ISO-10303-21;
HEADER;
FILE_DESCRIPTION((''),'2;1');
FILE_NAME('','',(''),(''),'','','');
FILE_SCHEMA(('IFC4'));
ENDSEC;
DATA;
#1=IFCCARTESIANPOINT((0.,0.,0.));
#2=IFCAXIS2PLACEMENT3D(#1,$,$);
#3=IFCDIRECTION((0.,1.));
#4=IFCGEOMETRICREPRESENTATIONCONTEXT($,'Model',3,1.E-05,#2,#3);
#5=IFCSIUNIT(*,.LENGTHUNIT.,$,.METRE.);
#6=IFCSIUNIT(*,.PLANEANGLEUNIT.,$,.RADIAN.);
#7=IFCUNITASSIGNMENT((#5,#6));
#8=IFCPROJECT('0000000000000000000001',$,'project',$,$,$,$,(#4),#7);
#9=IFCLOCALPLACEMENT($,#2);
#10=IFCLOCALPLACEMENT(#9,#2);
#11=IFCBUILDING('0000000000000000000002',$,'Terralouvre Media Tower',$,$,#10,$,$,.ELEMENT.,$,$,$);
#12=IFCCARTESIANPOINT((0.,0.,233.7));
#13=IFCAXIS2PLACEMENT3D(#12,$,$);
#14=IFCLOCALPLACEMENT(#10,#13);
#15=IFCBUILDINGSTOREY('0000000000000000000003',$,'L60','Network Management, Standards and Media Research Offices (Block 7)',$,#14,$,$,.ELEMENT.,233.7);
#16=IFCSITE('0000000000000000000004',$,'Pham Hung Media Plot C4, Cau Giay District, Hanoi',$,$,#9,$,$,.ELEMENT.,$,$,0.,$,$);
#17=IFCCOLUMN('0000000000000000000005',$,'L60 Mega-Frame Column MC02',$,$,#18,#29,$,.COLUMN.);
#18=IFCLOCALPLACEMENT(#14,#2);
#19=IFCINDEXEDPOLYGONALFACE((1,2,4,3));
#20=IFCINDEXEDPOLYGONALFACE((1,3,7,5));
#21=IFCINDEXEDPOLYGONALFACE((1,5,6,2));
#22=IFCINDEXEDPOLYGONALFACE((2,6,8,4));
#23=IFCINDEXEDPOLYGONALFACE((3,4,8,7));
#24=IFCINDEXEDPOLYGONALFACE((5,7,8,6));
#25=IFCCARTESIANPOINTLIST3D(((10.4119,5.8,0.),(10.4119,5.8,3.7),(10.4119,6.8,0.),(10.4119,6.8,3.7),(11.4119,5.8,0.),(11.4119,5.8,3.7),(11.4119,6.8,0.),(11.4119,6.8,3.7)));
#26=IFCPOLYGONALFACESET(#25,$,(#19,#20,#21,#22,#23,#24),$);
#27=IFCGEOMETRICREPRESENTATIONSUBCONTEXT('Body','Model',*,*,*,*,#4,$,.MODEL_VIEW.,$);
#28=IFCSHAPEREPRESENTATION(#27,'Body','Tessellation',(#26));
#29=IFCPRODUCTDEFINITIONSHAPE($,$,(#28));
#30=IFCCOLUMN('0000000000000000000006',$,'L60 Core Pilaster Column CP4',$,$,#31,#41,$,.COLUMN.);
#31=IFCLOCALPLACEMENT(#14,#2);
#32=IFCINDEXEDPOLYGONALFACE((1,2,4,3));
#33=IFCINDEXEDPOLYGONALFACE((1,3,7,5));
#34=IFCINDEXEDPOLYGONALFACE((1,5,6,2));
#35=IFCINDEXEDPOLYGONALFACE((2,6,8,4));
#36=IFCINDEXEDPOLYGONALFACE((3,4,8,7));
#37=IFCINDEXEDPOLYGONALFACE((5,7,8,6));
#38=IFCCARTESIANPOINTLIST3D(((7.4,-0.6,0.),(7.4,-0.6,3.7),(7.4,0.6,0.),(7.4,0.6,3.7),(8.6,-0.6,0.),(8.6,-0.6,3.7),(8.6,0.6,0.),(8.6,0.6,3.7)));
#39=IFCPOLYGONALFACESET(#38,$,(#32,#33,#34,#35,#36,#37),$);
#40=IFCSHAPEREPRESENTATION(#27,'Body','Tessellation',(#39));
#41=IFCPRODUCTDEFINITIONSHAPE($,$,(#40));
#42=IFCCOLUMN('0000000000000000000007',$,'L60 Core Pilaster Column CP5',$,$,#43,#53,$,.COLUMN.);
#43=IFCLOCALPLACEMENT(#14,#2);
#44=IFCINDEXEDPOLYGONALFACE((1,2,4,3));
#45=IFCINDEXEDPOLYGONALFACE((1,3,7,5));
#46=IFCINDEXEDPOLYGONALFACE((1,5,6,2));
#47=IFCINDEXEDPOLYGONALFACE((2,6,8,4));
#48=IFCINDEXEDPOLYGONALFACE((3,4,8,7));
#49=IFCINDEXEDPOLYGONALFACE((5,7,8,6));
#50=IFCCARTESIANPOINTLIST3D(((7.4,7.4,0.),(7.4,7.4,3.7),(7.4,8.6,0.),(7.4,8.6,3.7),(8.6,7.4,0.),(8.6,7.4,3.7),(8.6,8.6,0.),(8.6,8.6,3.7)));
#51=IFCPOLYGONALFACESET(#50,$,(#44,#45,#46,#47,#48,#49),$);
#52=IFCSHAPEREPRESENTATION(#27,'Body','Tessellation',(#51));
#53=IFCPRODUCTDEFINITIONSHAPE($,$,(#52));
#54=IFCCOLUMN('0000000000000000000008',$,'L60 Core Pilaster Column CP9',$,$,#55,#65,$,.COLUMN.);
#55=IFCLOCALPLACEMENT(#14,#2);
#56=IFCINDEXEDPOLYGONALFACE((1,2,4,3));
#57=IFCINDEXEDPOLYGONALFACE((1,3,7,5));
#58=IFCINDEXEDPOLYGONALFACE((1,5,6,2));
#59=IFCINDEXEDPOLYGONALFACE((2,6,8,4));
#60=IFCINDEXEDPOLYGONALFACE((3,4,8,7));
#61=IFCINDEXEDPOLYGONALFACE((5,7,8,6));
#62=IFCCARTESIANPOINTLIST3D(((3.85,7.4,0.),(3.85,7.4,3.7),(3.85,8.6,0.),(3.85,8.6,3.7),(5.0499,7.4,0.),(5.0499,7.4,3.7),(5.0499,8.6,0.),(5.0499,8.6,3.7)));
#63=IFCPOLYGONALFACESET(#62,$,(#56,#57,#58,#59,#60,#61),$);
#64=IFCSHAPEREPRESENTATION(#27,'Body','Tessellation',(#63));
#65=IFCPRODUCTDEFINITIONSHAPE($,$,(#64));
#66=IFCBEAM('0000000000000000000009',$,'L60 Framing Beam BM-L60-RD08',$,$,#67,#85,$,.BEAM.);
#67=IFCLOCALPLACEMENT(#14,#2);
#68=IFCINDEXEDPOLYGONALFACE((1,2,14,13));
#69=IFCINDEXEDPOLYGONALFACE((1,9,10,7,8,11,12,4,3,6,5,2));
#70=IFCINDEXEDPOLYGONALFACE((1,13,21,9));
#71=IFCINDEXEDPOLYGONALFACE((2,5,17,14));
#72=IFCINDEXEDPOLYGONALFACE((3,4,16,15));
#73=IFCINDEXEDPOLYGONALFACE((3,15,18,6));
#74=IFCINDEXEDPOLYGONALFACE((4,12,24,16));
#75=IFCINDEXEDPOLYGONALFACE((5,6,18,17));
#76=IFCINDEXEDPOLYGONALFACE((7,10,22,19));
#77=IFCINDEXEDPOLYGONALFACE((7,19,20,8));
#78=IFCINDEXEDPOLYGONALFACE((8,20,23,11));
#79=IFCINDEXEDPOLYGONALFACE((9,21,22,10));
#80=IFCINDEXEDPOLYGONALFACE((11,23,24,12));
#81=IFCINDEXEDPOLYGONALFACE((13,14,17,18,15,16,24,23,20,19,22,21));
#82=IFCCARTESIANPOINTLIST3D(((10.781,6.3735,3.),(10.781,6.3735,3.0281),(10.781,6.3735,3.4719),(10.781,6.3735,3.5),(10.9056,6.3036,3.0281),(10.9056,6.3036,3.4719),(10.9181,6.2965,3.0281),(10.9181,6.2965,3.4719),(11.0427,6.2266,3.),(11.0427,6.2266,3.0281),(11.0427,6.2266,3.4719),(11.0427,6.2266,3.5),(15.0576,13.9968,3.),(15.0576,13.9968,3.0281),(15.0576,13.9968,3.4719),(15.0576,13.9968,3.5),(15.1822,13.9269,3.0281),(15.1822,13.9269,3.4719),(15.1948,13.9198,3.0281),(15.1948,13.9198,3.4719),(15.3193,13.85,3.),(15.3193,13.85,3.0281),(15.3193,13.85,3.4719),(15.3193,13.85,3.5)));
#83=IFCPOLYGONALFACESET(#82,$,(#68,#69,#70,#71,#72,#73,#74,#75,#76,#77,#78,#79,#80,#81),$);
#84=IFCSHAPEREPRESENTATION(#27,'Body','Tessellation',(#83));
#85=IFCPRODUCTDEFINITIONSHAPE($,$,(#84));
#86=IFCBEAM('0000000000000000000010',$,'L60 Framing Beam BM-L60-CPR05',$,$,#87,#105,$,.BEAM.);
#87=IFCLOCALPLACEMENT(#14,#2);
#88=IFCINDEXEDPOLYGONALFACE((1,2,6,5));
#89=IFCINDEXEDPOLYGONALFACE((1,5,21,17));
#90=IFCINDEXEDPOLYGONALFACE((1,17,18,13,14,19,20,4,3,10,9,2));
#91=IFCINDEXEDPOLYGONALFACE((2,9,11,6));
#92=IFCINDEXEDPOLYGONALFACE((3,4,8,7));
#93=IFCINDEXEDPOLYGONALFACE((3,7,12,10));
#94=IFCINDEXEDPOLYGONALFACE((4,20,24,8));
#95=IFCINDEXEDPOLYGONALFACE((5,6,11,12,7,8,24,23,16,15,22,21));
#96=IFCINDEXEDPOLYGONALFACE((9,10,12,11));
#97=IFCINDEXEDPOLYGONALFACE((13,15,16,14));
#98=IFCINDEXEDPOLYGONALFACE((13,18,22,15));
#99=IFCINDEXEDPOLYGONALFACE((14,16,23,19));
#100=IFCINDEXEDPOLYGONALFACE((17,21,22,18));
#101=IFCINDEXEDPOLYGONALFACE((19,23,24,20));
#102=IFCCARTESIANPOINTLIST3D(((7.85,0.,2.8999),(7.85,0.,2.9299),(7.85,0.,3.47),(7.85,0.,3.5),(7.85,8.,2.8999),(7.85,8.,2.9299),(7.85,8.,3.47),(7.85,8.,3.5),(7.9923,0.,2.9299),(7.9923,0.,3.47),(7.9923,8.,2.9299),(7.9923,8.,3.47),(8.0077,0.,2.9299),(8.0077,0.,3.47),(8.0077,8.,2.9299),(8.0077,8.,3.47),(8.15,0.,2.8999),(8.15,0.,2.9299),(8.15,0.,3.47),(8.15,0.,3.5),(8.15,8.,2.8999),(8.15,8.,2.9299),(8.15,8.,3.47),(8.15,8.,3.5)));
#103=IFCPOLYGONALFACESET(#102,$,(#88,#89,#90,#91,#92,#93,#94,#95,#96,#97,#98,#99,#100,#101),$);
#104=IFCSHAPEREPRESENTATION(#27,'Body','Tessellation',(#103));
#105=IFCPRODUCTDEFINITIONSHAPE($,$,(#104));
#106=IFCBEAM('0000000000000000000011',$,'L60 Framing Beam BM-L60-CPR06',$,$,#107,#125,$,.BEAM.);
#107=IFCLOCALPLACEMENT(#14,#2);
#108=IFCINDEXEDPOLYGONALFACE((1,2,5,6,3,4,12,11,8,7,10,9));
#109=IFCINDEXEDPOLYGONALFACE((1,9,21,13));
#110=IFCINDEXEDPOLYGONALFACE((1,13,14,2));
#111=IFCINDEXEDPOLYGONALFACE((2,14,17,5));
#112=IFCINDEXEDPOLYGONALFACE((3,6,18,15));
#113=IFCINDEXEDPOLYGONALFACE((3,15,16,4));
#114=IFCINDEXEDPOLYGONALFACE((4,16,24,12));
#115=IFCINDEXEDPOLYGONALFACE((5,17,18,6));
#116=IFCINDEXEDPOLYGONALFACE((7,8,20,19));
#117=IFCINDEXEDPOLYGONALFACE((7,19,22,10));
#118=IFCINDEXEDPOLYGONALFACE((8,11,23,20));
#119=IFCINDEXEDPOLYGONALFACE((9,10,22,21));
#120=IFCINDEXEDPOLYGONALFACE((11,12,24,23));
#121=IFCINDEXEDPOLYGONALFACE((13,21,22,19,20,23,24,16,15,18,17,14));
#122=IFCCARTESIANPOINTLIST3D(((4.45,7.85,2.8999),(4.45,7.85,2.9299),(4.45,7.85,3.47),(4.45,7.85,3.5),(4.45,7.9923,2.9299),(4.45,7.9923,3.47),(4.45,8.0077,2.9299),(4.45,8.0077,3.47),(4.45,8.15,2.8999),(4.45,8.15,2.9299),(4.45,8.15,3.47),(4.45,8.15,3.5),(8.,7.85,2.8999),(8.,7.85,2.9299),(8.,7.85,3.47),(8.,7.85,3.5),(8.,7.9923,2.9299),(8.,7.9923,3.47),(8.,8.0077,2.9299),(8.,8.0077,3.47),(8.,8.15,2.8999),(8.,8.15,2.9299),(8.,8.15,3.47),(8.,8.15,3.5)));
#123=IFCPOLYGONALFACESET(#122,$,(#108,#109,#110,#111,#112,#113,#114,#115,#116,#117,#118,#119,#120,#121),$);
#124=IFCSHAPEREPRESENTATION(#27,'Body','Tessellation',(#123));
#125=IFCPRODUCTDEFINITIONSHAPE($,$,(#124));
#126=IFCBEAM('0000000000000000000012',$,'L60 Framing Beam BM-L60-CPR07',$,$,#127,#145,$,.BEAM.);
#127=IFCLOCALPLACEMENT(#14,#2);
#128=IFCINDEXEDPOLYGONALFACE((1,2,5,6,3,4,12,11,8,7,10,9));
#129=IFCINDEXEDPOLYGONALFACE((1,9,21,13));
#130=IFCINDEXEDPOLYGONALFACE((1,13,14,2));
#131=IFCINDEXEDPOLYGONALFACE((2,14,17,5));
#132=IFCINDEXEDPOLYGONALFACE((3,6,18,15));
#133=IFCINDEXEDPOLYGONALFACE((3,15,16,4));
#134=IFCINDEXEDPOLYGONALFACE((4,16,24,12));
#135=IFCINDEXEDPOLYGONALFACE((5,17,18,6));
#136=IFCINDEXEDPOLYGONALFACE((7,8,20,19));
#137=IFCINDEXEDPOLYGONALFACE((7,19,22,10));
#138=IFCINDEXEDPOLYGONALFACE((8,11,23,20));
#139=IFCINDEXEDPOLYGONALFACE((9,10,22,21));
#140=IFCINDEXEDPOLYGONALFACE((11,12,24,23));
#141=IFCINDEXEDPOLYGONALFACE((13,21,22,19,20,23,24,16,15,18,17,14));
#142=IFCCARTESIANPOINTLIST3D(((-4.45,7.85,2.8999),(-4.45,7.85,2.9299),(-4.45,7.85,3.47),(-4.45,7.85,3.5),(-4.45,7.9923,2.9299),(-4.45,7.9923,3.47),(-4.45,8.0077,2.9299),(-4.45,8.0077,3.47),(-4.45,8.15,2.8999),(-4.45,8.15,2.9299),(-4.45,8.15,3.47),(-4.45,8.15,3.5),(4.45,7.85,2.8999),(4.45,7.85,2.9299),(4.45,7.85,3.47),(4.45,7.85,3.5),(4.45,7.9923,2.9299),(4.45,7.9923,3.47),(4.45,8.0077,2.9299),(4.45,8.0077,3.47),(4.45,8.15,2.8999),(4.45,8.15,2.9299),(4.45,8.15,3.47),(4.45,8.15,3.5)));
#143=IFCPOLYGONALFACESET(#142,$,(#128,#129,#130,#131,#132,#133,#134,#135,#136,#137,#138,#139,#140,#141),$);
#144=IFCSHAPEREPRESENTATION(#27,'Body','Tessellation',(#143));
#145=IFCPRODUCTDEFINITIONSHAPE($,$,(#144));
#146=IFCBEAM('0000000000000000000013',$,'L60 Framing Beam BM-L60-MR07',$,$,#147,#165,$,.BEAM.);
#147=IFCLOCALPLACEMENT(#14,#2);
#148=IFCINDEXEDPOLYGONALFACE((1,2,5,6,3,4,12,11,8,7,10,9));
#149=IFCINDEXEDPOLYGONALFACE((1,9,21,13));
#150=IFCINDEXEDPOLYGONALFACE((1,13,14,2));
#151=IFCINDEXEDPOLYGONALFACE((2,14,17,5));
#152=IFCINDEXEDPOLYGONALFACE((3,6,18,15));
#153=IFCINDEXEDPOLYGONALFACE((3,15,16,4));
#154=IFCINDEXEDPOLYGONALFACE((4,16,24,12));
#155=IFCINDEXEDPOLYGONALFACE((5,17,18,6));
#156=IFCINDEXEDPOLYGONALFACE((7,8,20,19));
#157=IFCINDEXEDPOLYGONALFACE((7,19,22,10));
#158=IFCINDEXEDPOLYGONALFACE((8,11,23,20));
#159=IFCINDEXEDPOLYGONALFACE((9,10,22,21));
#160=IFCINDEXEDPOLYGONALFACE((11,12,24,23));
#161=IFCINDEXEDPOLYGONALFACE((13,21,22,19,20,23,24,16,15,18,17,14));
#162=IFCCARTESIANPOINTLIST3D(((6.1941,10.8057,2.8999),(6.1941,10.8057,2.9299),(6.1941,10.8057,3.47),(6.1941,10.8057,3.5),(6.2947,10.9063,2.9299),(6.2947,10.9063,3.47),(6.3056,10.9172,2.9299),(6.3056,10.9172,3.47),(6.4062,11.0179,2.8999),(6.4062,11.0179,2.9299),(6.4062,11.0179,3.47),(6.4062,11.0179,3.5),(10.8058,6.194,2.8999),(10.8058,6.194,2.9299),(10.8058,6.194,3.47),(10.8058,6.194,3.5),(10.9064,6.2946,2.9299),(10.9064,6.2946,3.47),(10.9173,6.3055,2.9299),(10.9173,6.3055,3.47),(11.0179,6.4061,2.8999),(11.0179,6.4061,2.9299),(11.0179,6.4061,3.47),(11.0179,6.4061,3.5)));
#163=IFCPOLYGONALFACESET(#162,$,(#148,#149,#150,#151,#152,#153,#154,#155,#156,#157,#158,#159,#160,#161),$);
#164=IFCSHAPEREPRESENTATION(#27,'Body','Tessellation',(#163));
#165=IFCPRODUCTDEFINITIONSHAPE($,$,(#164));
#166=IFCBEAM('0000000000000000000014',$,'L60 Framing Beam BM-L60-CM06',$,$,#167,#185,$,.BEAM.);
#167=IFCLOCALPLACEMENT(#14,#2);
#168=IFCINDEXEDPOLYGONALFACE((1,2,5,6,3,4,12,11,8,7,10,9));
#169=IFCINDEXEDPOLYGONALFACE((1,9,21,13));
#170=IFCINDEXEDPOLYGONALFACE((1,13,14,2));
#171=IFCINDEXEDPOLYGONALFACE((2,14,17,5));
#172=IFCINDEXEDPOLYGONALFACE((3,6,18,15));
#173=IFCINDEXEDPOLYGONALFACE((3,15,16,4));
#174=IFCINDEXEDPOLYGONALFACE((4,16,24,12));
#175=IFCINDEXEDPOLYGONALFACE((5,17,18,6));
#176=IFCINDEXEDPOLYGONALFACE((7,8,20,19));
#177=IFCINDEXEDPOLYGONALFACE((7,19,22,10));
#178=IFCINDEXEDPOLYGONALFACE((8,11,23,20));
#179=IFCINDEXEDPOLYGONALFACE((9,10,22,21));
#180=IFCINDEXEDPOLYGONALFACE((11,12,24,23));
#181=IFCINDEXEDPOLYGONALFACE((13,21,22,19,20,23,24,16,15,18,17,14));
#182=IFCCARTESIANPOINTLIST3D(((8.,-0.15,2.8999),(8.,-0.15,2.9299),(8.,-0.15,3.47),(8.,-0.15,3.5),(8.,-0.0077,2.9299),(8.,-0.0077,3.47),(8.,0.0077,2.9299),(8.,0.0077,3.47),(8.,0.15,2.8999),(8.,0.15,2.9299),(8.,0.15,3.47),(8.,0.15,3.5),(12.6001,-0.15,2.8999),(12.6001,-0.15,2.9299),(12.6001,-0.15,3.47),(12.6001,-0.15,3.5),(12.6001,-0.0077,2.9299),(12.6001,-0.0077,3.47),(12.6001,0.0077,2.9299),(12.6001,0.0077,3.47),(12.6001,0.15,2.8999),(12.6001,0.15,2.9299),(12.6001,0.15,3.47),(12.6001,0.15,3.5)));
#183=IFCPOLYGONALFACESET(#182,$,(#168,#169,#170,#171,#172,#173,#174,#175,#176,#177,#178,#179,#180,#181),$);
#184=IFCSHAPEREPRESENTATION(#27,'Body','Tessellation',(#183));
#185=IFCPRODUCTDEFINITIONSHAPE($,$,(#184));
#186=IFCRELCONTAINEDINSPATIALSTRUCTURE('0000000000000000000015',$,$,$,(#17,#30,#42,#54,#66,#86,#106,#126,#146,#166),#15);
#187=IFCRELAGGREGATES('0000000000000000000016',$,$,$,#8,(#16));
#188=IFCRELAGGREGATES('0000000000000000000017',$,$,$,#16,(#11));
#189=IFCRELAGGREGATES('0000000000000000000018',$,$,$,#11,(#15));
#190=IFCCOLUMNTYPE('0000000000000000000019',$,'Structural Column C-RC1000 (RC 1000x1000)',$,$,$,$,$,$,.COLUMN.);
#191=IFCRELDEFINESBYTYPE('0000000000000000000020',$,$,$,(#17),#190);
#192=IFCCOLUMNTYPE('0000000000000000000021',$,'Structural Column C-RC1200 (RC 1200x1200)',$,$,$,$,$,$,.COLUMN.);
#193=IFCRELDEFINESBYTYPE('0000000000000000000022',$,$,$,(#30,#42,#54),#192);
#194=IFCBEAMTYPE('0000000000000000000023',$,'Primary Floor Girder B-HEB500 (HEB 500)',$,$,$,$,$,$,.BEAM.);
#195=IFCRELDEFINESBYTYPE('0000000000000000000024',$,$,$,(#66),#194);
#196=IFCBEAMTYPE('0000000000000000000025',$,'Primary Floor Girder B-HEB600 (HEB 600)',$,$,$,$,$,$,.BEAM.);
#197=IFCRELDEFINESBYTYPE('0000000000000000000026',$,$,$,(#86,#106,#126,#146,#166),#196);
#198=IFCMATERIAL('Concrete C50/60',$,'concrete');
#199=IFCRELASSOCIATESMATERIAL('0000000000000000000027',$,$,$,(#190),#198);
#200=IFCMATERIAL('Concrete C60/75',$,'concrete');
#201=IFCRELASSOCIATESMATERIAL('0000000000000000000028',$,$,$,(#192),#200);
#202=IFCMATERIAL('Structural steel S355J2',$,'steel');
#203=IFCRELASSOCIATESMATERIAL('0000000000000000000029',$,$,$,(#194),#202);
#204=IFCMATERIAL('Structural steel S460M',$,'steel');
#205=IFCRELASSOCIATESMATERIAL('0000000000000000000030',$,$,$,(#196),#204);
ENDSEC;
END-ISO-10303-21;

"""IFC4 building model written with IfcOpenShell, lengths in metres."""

from ifc_helpers import new_model, si_unit, direction, frame, origin, origin_2d, place, context, subcontext, project, spatial, rectangle, i_section, extrude, material, material_profile, profile_set, type_object, element, save


model = new_model("IFC4")

# Units and contexts
model_context = context("Model", 3, precision=1e-05, world=origin(), true_north=direction((0.0, 1.0)))
body_context = subcontext(model_context, "Body", "Model", "MODEL_VIEW")
ifc_project = project(units=[si_unit("LENGTHUNIT", "METRE"), si_unit("PLANEANGLEUNIT", "RADIAN")], contexts=[model_context])

# Site, building, storey
site_placement = place(None, origin())
site = spatial("IfcSite", under=ifc_project, at=site_placement, Name="Pham Hung Media Plot C4, Cau Giay District, Hanoi", CompositionType="ELEMENT", RefElevation=0.0)
building_placement = place(site_placement, origin())
building = spatial("IfcBuilding", under=site, at=building_placement, Name="Terralouvre Media Tower", CompositionType="ELEMENT")
storey_placement = place(building_placement, frame((0.0, 0.0, 233.7)))
storey = spatial("IfcBuildingStorey", under=building, at=storey_placement, Name="L60", Description="Network Management, Standards and Media Research Offices (Block 7)", CompositionType="ELEMENT", Elevation=233.7)

# Columns
ifc_material_1 = material(Name="Concrete C50/60", Category="concrete")
ifc_material_profile_1 = material_profile(ifc_material_1, rectangle(XDim=1.0, YDim=1.0, at=origin_2d()), Name="RC 1000x1000")
ifc_profile_set_1 = profile_set([ifc_material_profile_1], Name="Concrete C50/60")
column_type_1 = type_object("IfcColumnType", Name="Structural Column C-RC1000 (RC 1000x1000)", PredefinedType="COLUMN", material=ifc_profile_set_1)
column_placement = place(storey_placement, frame((10.9119, 6.3, 0.0), z_axis=(0.0, 0.0, 1.0), x_axis=(1.0, 0.0, 0.0)))
element("IfcColumn", 1, at=column_placement, inside=storey, type_object=column_type_1, Name="L60 Mega-Frame Column MC02", PredefinedType="COLUMN", context=body_context, shape_type="SweptSolid", body=[
    extrude(rectangle(XDim=1.0, YDim=1.0, at=origin_2d()), origin(), (0.0, 0.0, 1.0), 3.7),
])
ifc_material_2 = material(Name="Concrete C60/75", Category="concrete")
ifc_material_profile_2 = material_profile(ifc_material_2, rectangle(XDim=1.2, YDim=1.2, at=origin_2d()), Name="RC 1200x1200")
ifc_profile_set_2 = profile_set([ifc_material_profile_2], Name="Concrete C60/75")
column_type_2 = type_object("IfcColumnType", Name="Structural Column C-RC1200 (RC 1200x1200)", PredefinedType="COLUMN", material=ifc_profile_set_2)
for number, where, z_axis, x_axis, name in (
    (2, (8.0, 0.0, 0.0), (0.0, 0.0, 1.0), (1.0, 0.0, 0.0), "L60 Core Pilaster Column CP4"),
    (3, (8.0, 8.0, 0.0), (0.0, 0.0, 1.0), (1.0, 0.0, 0.0), "L60 Core Pilaster Column CP5"),
    (4, (4.45, 8.0, 0.0), (0.0, 0.0, 1.0), (1.0, 0.0, 0.0), "L60 Core Pilaster Column CP9"),
):
    element("IfcColumn", number, at=place(storey_placement, frame(where, z_axis=z_axis, x_axis=x_axis)), inside=storey, type_object=column_type_2, Name=name, PredefinedType="COLUMN", context=body_context, shape_type="SweptSolid", body=[
        extrude(rectangle(XDim=1.2, YDim=1.2, at=origin_2d()), origin(), (0.0, 0.0, 1.0), 3.7),
    ])

# Beams
ifc_material_3 = material(Name="Structural steel S355J2", Category="steel")
ifc_material_profile_3 = material_profile(ifc_material_3, i_section(OverallWidth=0.3, OverallDepth=0.5, WebThickness=0.0144, FlangeThickness=0.0281, at=origin_2d()), Name="HEB 500")
ifc_profile_set_3 = profile_set([ifc_material_profile_3], Name="Structural steel S355J2")
beam_type_1 = type_object("IfcBeamType", Name="Primary Floor Girder B-HEB500 (HEB 500)", PredefinedType="BEAM", material=ifc_profile_set_3)
beam_1_placement = place(storey_placement, frame((10.9119, 6.3, 3.25), z_axis=(0.489262, 0.872137, 0.0), x_axis=(-0.872137, 0.489262, 0.0)))
element("IfcBeam", 5, at=beam_1_placement, inside=storey, type_object=beam_type_1, Name="L60 Framing Beam BM-L60-RD08", PredefinedType="BEAM", context=body_context, shape_type="SweptSolid", body=[
    extrude(i_section(OverallWidth=0.3, OverallDepth=0.5, WebThickness=0.0144, FlangeThickness=0.0281, at=origin_2d()), origin(), (0.0, 0.0, 1.0), 8.741),
])
ifc_material_4 = material(Name="Structural steel S460M", Category="steel")
ifc_material_profile_4 = material_profile(ifc_material_4, i_section(OverallWidth=0.3, OverallDepth=0.6001, WebThickness=0.0154, FlangeThickness=0.03, at=origin_2d()), Name="HEB 600")
ifc_profile_set_4 = profile_set([ifc_material_profile_4], Name="Structural steel S460M")
beam_type_2 = type_object("IfcBeamType", Name="Primary Floor Girder B-HEB600 (HEB 600)", PredefinedType="BEAM", material=ifc_profile_set_4)
beam_2_placement = place(storey_placement, frame((8.0, 0.0, 3.2), z_axis=(0.0, 1.0, 0.0), x_axis=(-1.0, 0.0, 0.0)))
element("IfcBeam", 6, at=beam_2_placement, inside=storey, type_object=beam_type_2, Name="L60 Framing Beam BM-L60-CPR05", PredefinedType="BEAM", context=body_context, shape_type="SweptSolid", body=[
    extrude(i_section(OverallWidth=0.3, OverallDepth=0.6001, WebThickness=0.0154, FlangeThickness=0.03, at=origin_2d()), origin(), (0.0, 0.0, 1.0), 8.0),
])
beam_3_placement = place(storey_placement, frame((8.0, 8.0, 3.2), z_axis=(-1.0, 0.0, 0.0), x_axis=(0.0, -1.0, 0.0)))
element("IfcBeam", 7, at=beam_3_placement, inside=storey, type_object=beam_type_2, Name="L60 Framing Beam BM-L60-CPR06", PredefinedType="BEAM", context=body_context, shape_type="SweptSolid", body=[
    extrude(i_section(OverallWidth=0.3, OverallDepth=0.6001, WebThickness=0.0154, FlangeThickness=0.03, at=origin_2d()), origin(), (0.0, 0.0, 1.0), 3.55),
])
beam_4_placement = place(storey_placement, frame((4.45, 8.0, 3.2), z_axis=(-1.0, 0.0, 0.0), x_axis=(0.0, -1.0, 0.0)))
element("IfcBeam", 8, at=beam_4_placement, inside=storey, type_object=beam_type_2, Name="L60 Framing Beam BM-L60-CPR07", PredefinedType="BEAM", context=body_context, shape_type="SweptSolid", body=[
    extrude(i_section(OverallWidth=0.3, OverallDepth=0.6001, WebThickness=0.0154, FlangeThickness=0.03, at=origin_2d()), origin(), (0.0, 0.0, 1.0), 8.8999),
])
beam_5_placement = place(storey_placement, frame((10.9119, 6.3, 3.2), z_axis=(-0.707107, 0.707107, 0.0), x_axis=(-0.707107, -0.707107, 0.0)))
element("IfcBeam", 9, at=beam_5_placement, inside=storey, type_object=beam_type_2, Name="L60 Framing Beam BM-L60-MR07", PredefinedType="BEAM", context=body_context, shape_type="SweptSolid", body=[
    extrude(i_section(OverallWidth=0.3, OverallDepth=0.6001, WebThickness=0.0154, FlangeThickness=0.03, at=origin_2d()), origin(), (0.0, 0.0, 1.0), 6.522),
])
beam_6_placement = place(storey_placement, frame((8.0, 0.0, 3.2), z_axis=(1.0, 0.0, 0.0), x_axis=(0.0, 1.0, 0.0)))
element("IfcBeam", 10, at=beam_6_placement, inside=storey, type_object=beam_type_2, Name="L60 Framing Beam BM-L60-CM06", PredefinedType="BEAM", context=body_context, shape_type="SweptSolid", body=[
    extrude(i_section(OverallWidth=0.3, OverallDepth=0.6001, WebThickness=0.0154, FlangeThickness=0.03, at=origin_2d()), origin(), (0.0, 0.0, 1.0), 4.6001),
])

save(model, "model.ifc")
